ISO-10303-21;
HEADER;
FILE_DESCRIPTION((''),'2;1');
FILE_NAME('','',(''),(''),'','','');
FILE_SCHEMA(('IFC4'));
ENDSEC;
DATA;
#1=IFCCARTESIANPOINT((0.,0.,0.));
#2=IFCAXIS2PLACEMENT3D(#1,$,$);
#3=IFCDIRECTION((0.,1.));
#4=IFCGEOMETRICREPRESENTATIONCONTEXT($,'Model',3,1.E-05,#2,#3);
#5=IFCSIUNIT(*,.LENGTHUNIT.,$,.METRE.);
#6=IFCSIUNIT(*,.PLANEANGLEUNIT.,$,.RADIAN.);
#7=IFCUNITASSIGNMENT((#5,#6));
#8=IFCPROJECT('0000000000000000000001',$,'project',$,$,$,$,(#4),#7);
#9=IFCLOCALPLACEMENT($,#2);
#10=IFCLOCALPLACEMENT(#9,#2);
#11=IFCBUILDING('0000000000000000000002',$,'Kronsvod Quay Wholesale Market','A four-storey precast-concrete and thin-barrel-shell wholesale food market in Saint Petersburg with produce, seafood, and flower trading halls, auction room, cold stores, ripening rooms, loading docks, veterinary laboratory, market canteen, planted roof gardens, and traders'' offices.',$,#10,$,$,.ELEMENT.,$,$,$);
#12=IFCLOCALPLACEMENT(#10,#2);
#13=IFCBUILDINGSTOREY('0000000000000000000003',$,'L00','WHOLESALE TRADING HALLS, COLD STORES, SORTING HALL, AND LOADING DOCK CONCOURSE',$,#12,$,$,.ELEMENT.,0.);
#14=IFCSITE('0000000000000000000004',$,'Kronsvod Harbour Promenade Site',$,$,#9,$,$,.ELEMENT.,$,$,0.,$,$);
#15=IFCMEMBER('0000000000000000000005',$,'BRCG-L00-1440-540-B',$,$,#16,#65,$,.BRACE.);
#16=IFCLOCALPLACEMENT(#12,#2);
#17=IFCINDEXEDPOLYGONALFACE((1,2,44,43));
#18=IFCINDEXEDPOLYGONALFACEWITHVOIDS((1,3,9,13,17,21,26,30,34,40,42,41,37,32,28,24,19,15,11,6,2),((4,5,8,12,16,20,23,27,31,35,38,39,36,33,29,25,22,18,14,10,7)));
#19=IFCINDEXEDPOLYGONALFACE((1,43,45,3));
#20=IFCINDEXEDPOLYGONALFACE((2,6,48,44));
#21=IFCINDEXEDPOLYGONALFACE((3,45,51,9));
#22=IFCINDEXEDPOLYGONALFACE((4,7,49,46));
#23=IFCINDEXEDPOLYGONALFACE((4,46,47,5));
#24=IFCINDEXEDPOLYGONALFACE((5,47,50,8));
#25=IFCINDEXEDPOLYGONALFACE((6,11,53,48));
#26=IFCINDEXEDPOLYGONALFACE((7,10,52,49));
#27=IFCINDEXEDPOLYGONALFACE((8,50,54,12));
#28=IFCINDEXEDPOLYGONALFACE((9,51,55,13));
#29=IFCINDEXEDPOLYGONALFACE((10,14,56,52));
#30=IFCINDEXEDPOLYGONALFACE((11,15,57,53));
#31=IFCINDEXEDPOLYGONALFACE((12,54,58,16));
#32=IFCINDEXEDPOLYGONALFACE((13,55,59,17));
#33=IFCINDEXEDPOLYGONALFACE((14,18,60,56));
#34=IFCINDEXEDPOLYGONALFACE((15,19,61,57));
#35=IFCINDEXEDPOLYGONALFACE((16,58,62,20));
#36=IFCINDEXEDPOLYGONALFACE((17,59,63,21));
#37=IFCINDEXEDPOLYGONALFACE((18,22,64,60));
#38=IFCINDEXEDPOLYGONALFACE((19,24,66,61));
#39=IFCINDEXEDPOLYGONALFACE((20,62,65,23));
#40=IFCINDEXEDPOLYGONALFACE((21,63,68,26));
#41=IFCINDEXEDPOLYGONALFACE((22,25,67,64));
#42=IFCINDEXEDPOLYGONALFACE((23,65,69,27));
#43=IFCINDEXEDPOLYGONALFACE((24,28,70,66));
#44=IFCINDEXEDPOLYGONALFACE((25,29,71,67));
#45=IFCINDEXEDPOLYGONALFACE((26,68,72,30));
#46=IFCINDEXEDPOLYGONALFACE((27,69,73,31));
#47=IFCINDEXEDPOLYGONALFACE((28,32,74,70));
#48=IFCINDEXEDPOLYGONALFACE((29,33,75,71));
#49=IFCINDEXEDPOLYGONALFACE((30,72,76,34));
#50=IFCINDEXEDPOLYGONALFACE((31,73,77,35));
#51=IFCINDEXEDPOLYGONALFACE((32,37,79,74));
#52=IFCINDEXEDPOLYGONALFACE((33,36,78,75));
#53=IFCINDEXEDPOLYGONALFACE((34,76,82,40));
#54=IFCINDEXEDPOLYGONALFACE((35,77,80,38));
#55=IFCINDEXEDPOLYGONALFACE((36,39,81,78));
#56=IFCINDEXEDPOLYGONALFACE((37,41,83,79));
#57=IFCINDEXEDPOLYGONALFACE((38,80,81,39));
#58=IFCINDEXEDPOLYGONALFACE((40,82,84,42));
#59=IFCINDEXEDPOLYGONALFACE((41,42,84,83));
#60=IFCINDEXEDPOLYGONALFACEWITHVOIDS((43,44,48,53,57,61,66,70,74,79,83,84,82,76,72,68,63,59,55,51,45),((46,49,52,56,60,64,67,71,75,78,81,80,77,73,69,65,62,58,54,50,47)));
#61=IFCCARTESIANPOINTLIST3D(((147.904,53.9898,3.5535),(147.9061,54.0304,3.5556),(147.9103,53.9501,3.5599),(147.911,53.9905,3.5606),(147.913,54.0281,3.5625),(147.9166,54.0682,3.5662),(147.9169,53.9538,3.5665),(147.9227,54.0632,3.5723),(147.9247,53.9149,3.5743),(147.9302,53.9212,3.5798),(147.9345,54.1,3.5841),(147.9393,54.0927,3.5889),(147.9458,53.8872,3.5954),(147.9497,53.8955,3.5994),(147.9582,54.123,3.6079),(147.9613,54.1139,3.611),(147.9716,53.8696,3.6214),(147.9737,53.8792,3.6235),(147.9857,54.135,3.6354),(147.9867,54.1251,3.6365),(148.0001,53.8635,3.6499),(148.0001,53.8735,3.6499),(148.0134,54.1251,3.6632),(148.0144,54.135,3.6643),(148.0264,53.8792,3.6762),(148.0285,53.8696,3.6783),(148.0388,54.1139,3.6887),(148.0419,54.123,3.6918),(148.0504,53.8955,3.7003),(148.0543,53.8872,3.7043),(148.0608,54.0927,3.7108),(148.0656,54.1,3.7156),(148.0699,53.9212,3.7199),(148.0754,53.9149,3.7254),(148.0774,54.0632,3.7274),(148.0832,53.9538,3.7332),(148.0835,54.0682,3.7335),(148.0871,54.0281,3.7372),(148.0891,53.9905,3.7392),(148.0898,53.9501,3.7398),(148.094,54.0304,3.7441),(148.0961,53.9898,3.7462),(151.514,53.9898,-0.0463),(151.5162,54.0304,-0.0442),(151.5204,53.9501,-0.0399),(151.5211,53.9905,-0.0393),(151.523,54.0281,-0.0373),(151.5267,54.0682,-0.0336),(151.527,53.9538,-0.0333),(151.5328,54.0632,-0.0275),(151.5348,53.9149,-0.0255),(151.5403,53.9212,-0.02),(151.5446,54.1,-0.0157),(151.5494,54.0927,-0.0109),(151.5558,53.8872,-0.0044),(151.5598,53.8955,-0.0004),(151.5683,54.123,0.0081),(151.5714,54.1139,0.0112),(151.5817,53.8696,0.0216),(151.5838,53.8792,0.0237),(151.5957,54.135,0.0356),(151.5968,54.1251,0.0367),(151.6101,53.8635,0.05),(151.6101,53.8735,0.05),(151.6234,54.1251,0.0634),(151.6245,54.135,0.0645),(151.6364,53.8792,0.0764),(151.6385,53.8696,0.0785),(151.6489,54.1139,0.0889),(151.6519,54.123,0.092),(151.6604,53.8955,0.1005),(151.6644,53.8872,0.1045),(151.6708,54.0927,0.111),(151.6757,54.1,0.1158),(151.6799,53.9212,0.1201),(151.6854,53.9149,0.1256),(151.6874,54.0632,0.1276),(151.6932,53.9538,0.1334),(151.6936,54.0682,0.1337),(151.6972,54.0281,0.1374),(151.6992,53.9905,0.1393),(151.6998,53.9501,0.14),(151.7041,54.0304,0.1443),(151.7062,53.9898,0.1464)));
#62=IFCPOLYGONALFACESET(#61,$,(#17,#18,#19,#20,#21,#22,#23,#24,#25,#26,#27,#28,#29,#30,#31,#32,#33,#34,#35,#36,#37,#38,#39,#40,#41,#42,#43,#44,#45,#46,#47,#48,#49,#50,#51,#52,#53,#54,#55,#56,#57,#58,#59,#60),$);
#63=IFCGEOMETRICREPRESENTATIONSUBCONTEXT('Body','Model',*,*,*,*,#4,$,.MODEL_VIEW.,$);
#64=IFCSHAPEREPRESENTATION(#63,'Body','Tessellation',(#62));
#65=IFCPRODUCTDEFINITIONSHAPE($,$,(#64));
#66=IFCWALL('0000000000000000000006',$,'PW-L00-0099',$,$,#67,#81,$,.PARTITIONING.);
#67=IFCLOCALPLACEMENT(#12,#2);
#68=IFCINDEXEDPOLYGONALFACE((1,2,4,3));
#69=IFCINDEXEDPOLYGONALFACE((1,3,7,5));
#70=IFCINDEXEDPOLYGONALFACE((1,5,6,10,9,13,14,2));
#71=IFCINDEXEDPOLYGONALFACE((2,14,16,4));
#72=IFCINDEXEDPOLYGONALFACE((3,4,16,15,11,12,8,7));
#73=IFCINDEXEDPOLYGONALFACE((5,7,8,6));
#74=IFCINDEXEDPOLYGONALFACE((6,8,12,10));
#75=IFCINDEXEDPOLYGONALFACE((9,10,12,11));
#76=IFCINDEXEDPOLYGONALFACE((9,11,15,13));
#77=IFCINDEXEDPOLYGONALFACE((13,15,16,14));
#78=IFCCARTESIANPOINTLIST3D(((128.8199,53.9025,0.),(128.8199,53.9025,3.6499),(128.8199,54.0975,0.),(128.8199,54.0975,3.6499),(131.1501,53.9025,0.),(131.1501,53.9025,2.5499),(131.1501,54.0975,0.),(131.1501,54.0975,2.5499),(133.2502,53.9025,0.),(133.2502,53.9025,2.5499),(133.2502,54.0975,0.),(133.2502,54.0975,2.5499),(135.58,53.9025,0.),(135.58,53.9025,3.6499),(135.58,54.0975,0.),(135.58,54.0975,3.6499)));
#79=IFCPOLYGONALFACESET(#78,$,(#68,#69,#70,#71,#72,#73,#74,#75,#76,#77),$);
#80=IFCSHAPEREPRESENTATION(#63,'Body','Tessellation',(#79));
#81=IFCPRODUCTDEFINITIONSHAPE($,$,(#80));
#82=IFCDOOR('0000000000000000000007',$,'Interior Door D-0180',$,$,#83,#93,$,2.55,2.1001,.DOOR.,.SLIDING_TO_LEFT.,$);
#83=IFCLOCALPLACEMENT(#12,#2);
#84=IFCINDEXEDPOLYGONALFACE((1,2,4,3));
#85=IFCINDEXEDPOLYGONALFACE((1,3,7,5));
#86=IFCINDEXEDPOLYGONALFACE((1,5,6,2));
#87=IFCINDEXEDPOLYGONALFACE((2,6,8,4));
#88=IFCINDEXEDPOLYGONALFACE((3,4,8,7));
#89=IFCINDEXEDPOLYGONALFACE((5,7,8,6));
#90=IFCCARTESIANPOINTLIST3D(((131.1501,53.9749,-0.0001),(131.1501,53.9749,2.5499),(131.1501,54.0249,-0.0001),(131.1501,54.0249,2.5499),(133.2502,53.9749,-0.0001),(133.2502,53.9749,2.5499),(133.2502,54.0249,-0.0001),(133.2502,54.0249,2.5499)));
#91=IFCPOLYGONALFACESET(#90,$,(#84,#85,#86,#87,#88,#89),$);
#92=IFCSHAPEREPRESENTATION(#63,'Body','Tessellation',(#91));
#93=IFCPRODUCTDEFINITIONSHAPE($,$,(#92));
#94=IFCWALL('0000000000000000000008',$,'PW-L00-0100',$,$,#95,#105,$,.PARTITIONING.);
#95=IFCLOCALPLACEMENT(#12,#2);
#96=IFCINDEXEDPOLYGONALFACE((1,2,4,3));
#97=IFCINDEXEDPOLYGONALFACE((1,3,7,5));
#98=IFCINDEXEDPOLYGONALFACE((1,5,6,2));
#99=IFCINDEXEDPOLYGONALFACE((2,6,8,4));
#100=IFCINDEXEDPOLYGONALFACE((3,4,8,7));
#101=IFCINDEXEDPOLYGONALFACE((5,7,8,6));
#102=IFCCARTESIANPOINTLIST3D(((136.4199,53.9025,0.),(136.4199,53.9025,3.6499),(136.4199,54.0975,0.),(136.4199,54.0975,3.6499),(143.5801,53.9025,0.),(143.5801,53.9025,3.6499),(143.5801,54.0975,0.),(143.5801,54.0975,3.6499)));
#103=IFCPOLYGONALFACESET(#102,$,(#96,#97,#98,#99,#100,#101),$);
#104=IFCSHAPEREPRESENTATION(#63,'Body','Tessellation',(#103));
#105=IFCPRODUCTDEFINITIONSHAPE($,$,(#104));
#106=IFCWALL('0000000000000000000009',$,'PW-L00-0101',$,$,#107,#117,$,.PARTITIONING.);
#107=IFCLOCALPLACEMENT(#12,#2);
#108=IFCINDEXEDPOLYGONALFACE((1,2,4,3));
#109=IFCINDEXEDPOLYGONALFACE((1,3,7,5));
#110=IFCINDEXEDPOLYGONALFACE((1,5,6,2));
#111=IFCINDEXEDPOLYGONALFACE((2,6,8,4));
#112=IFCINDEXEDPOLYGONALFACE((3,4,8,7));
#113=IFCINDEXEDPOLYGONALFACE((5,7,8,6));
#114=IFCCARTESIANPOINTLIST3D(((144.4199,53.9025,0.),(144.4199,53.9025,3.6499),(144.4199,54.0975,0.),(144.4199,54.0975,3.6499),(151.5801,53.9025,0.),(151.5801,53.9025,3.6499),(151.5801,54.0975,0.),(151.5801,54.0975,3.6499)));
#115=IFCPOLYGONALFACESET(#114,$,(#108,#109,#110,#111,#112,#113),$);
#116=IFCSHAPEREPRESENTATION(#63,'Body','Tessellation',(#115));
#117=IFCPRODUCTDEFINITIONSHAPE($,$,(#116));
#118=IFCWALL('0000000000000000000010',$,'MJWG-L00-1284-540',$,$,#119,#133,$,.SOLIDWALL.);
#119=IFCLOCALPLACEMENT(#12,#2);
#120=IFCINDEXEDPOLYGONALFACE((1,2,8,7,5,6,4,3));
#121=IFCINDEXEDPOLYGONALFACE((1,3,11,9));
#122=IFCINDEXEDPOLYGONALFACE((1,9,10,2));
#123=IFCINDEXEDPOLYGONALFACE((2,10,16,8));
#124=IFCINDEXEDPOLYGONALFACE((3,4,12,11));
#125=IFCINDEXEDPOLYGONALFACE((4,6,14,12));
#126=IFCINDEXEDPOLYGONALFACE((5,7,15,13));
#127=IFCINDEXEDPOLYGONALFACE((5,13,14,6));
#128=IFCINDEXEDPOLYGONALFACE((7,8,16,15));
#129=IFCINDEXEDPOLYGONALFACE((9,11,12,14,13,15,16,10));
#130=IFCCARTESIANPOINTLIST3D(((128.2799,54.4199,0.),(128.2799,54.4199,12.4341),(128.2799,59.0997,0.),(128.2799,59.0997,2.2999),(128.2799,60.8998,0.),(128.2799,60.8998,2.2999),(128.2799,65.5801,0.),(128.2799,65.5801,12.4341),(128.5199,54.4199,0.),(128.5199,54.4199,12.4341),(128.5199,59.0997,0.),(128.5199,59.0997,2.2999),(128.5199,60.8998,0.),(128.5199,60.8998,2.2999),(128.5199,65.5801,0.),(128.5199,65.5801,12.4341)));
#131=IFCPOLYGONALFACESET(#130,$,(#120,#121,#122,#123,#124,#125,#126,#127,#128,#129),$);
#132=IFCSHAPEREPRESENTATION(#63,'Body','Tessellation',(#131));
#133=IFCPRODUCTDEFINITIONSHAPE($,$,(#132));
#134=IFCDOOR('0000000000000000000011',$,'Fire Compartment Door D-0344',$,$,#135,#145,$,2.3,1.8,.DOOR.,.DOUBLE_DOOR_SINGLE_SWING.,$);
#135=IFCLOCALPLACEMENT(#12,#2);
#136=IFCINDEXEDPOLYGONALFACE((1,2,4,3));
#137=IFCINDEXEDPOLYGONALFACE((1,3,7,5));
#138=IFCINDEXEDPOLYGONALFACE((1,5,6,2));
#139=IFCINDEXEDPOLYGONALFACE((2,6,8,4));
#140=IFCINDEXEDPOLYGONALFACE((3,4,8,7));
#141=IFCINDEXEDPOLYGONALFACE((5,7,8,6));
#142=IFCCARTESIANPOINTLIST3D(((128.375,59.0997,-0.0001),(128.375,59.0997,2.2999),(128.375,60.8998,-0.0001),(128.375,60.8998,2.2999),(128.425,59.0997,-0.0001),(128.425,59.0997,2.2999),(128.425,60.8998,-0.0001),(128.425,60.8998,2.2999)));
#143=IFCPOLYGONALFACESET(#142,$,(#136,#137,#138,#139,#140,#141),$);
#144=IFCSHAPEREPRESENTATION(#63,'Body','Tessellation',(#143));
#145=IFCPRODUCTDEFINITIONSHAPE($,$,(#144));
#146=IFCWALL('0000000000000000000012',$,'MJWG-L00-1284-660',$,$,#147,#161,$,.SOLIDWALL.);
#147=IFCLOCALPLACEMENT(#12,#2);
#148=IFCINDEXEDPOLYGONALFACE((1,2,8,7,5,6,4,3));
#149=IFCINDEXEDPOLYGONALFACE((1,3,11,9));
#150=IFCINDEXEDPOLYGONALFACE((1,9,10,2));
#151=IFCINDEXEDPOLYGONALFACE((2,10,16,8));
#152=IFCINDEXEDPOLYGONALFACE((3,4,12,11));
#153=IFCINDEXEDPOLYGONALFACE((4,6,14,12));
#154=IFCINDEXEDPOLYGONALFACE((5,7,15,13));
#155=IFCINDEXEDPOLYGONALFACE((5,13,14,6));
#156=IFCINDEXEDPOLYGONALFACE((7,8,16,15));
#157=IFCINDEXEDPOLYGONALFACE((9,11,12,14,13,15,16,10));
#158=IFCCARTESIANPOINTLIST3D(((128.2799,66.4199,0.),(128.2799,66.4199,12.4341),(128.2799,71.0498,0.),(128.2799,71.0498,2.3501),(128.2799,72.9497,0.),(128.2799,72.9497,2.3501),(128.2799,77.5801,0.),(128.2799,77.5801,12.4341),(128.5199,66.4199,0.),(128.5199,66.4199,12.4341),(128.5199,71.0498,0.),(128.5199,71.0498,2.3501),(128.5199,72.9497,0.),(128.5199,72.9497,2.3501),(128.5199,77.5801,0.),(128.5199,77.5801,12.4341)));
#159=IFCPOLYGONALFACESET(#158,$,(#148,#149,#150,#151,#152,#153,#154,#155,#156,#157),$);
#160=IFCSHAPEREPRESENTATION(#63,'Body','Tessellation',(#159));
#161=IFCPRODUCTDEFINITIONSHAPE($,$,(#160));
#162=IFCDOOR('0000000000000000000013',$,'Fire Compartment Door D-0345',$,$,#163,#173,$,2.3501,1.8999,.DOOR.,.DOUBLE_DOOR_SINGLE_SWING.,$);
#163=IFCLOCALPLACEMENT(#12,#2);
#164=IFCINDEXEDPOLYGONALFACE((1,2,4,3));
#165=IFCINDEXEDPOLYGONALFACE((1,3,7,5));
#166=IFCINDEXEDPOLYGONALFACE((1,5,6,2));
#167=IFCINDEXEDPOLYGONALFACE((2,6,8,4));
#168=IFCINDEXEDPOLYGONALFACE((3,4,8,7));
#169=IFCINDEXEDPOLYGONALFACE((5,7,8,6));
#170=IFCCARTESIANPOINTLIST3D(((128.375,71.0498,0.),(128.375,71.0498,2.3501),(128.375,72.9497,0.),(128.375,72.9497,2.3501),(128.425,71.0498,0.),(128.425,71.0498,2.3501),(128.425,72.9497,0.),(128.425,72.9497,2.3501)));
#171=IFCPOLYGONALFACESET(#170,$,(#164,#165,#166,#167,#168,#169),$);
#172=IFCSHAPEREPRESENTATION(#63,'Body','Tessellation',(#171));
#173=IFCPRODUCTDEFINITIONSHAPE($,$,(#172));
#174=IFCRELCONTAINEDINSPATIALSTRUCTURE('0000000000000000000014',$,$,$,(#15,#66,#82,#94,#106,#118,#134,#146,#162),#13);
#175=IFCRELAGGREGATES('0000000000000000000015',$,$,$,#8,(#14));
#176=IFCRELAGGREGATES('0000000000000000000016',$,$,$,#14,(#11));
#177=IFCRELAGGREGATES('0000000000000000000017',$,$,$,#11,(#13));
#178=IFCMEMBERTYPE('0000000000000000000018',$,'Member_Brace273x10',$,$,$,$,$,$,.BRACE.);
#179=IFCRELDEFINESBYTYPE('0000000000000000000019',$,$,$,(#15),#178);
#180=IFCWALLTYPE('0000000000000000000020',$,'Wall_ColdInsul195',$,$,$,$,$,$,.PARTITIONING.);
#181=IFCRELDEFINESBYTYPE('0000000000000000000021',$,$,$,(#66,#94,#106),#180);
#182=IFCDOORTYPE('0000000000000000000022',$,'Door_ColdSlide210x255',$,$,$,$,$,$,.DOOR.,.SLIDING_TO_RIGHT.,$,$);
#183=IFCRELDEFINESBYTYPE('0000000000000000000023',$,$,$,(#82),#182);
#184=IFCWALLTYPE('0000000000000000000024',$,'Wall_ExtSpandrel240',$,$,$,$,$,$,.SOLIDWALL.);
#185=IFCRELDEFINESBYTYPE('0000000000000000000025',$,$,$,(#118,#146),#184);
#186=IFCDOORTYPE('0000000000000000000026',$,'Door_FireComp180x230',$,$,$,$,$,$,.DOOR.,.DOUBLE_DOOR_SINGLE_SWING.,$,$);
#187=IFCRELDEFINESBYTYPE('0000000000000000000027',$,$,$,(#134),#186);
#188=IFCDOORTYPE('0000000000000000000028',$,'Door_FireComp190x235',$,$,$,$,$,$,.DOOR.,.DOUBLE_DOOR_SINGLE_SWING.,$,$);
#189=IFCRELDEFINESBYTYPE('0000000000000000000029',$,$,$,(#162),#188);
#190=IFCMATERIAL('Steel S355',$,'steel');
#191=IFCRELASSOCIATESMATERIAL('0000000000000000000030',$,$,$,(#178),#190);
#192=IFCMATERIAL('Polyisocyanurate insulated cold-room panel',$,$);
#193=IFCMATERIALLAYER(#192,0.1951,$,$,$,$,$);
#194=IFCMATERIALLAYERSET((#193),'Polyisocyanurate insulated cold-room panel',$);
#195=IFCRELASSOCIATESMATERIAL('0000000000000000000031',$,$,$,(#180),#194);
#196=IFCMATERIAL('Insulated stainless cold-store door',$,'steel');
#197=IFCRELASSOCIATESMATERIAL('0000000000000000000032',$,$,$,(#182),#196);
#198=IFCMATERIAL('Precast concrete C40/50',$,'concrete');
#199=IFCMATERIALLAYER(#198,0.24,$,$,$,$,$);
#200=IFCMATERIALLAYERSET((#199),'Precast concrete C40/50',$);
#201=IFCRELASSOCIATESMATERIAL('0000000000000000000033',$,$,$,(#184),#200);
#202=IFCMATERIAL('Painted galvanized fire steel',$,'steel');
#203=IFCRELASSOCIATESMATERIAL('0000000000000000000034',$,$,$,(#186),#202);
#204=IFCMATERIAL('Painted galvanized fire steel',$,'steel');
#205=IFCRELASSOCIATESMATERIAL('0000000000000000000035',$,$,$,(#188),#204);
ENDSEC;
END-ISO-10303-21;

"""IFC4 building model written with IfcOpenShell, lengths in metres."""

from ifc_helpers import new_model, si_unit, direction, frame, frame_2d, origin, origin_2d, place, context, subcontext, project, spatial, rectangle, hollow_circle, extrude, material, layer, layer_set, material_profile, profile_set, type_object, element, fill, save


model = new_model("IFC4")

# Units and contexts
model_context = context("Model", 3, precision=1e-05, world=origin(), true_north=direction((0.0, 1.0)))
body_context = subcontext(model_context, "Body", "Model", "MODEL_VIEW")
ifc_project = project(units=[si_unit("LENGTHUNIT", "METRE"), si_unit("PLANEANGLEUNIT", "RADIAN")], contexts=[model_context])

# Site, building, storey
site_placement = place(None, origin())
site = spatial("IfcSite", under=ifc_project, at=site_placement, Name="Kronsvod Harbour Promenade Site", CompositionType="ELEMENT", RefElevation=0.0)
building_placement = place(site_placement, origin())
building = spatial("IfcBuilding", under=site, at=building_placement, Name="Kronsvod Quay Wholesale Market", Description="A four-storey precast-concrete and thin-barrel-shell wholesale food market in Saint Petersburg with produce, seafood, and flower trading halls, auction room, cold stores, ripening rooms, loading docks, veterinary laboratory, market canteen, planted roof gardens, and traders' offices.", CompositionType="ELEMENT")
storey_placement = place(building_placement, origin())
storey = spatial("IfcBuildingStorey", under=building, at=storey_placement, Name="L00", Description="WHOLESALE TRADING HALLS, COLD STORES, SORTING HALL, AND LOADING DOCK CONCOURSE", CompositionType="ELEMENT", Elevation=0.0)

# Member
ifc_material_1 = material(Name="Steel S355", Category="steel")
ifc_material_profile_1 = material_profile(ifc_material_1, hollow_circle(Radius=0.1365, WallThickness=0.01, at=origin_2d()), Name="CHS273x10")
ifc_profile_set_1 = profile_set([ifc_material_profile_1], Name="Steel S355")
member_type = type_object("IfcMemberType", Name="Member_Brace273x10", PredefinedType="BRACE", material=ifc_profile_set_1)
for number, where, z_axis, x_axis, name in (
    (1, (151.6101, 54.0, 0.05), (-0.708112, 0.0, 0.7061), (0.0, -1.0, 0.0), "BRCG-L00-1440-540-B"),
):
    element("IfcMember", number, at=place(storey_placement, frame(where, z_axis=z_axis, x_axis=x_axis)), inside=storey, type_object=member_type, Name=name, PredefinedType="BRACE", context=body_context, shape_type="SweptSolid", body=[
        extrude(hollow_circle(Radius=0.1365, WallThickness=0.01, at=origin_2d()), origin(), (0.0, 0.0, 1.0), 5.0981),
    ])

# Wall, opening, door
ifc_material_2 = material(Name="Polyisocyanurate insulated cold-room panel")
ifc_layer_1 = layer(ifc_material_2, 0.1951)
ifc_layer_set_1 = layer_set([ifc_layer_1], Name="Polyisocyanurate insulated cold-room panel")
wall_type_1 = type_object("IfcWallType", Name="Wall_ColdInsul195", PredefinedType="PARTITIONING", material=ifc_layer_set_1)
wall_1_placement = place(storey_placement, frame((128.8201, 54.0, 0.0), z_axis=(0.0, 0.0, 1.0), x_axis=(1.0, 0.0, 0.0)))
wall_1 = element("IfcWall", 2, at=wall_1_placement, inside=storey, type_object=wall_type_1, Name="PW-L00-0099", PredefinedType="PARTITIONING", context=body_context, shape_type="SweptSolid", body=[
    extrude(rectangle(XDim=6.76, YDim=0.1951, at=frame_2d((3.3799, 0.0))), origin(), (0.0, 0.0, 1.0), 3.6499),
])
opening_1_placement = place(wall_1_placement, frame((2.3301, 0.0, 0.0)))
opening_1 = element("IfcOpeningElement", 3, at=opening_1_placement, cuts=wall_1, PredefinedType="OPENING", context=body_context, shape_type="SweptSolid", body=[
    extrude(rectangle(XDim=2.1001, YDim=2.55, at=frame_2d((1.05, 1.2749))), frame((0.0, 0.1074, 0.0), z_axis=(0.0, -1.0, 0.0), x_axis=(1.0, 0.0, 0.0)), (0.0, 0.0, 1.0), 0.2151),
])
ifc_material_3 = material(Name="Insulated stainless cold-store door", Category="steel")
door_type_1 = type_object("IfcDoorType", Name="Door_ColdSlide210x255", OperationType="SLIDING_TO_RIGHT", PredefinedType="DOOR", material=ifc_material_3)
door_1_placement = place(opening_1_placement, origin())
door_1 = element("IfcDoor", 4, at=door_1_placement, inside=storey, type_object=door_type_1, Name="Interior Door D-0180", OperationType="SLIDING_TO_LEFT", OverallHeight=2.55, OverallWidth=2.1001, PredefinedType="DOOR", context=body_context, shape_type="SweptSolid", body=[
    extrude(rectangle(XDim=2.1001, YDim=2.55, at=frame_2d((1.05, 1.2749))), frame((0.0, 0.0249, 0.0), z_axis=(0.0, -1.0, 0.0), x_axis=(1.0, 0.0, 0.0)), (0.0, 0.0, 1.0), 0.05),
])
fill(opening_1, door_1)

# Walls
for number, where, z_axis, x_axis, name in (
    (5, (136.4199, 54.0, 0.0), (0.0, 0.0, 1.0), (1.0, 0.0, 0.0), "PW-L00-0100"),
    (6, (144.4199, 54.0, 0.0), (0.0, 0.0, 1.0), (1.0, 0.0, 0.0), "PW-L00-0101"),
):
    element("IfcWall", number, at=place(storey_placement, frame(where, z_axis=z_axis, x_axis=x_axis)), inside=storey, type_object=wall_type_1, Name=name, PredefinedType="PARTITIONING", context=body_context, shape_type="SweptSolid", body=[
        extrude(rectangle(XDim=7.1602, YDim=0.1951, at=frame_2d((3.5801, 0.0))), origin(), (0.0, 0.0, 1.0), 3.6499),
    ])

# Walls, openings, doors
ifc_material_4 = material(Name="Precast concrete C40/50", Category="concrete")
ifc_layer_2 = layer(ifc_material_4, 0.24)
ifc_layer_set_2 = layer_set([ifc_layer_2], Name="Precast concrete C40/50")
wall_type_2 = type_object("IfcWallType", Name="Wall_ExtSpandrel240", PredefinedType="SOLIDWALL", material=ifc_layer_set_2)
wall_2_placement = place(storey_placement, frame((128.3999, 54.4199, 0.0), z_axis=(0.0, 0.0, 1.0), x_axis=(0.0, 1.0, 0.0)))
wall_2 = element("IfcWall", 7, at=wall_2_placement, inside=storey, type_object=wall_type_2, Name="MJWG-L00-1284-540", PredefinedType="SOLIDWALL", context=body_context, shape_type="SweptSolid", body=[
    extrude(rectangle(XDim=11.1602, YDim=0.24, at=frame_2d((5.5801, 0.0))), origin(), (0.0, 0.0, 1.0), 12.4341),
])
opening_2_placement = place(wall_2_placement, frame((4.6799, 0.0, 0.0)))
opening_2 = element("IfcOpeningElement", 8, at=opening_2_placement, cuts=wall_2, PredefinedType="OPENING", context=body_context, shape_type="SweptSolid", body=[
    extrude(rectangle(XDim=1.8, YDim=2.3, at=frame_2d((0.8999, 1.1499))), frame((0.0, 0.1299, 0.0), z_axis=(0.0, -1.0, 0.0), x_axis=(1.0, 0.0, 0.0)), (0.0, 0.0, 1.0), 0.26),
])
ifc_material_5 = material(Name="Painted galvanized fire steel", Category="steel")
door_type_2 = type_object("IfcDoorType", Name="Door_FireComp180x230", OperationType="DOUBLE_DOOR_SINGLE_SWING", PredefinedType="DOOR", material=ifc_material_5)
door_2_placement = place(opening_2_placement, origin())
door_2 = element("IfcDoor", 9, at=door_2_placement, inside=storey, type_object=door_type_2, Name="Fire Compartment Door D-0344", OperationType="DOUBLE_DOOR_SINGLE_SWING", OverallHeight=2.3, OverallWidth=1.8, PredefinedType="DOOR", context=body_context, shape_type="SweptSolid", body=[
    extrude(rectangle(XDim=1.8, YDim=2.3, at=frame_2d((0.8999, 1.1499))), frame((0.0, 0.0249, 0.0), z_axis=(0.0, -1.0, 0.0), x_axis=(1.0, 0.0, 0.0)), (0.0, 0.0, 1.0), 0.05),
])
fill(opening_2, door_2)
wall_3_placement = place(storey_placement, frame((128.3999, 66.4199, 0.0), z_axis=(0.0, 0.0, 1.0), x_axis=(0.0, 1.0, 0.0)))
wall_3 = element("IfcWall", 10, at=wall_3_placement, inside=storey, type_object=wall_type_2, Name="MJWG-L00-1284-660", PredefinedType="SOLIDWALL", context=body_context, shape_type="SweptSolid", body=[
    extrude(rectangle(XDim=11.1602, YDim=0.24, at=frame_2d((5.5801, 0.0))), origin(), (0.0, 0.0, 1.0), 12.4341),
])
opening_3_placement = place(wall_3_placement, frame((4.6299, 0.0, 0.0)))
opening_3 = element("IfcOpeningElement", 11, at=opening_3_placement, cuts=wall_3, PredefinedType="OPENING", context=body_context, shape_type="SweptSolid", body=[
    extrude(rectangle(XDim=1.8999, YDim=2.3501, at=frame_2d((0.95, 1.175))), frame((0.0, 0.1299, 0.0), z_axis=(0.0, -1.0, 0.0), x_axis=(1.0, 0.0, 0.0)), (0.0, 0.0, 1.0), 0.26),
])
ifc_material_6 = material(Name="Painted galvanized fire steel", Category="steel")
door_type_3 = type_object("IfcDoorType", Name="Door_FireComp190x235", OperationType="DOUBLE_DOOR_SINGLE_SWING", PredefinedType="DOOR", material=ifc_material_6)
door_3_placement = place(opening_3_placement, origin())
door_3 = element("IfcDoor", 12, at=door_3_placement, inside=storey, type_object=door_type_3, Name="Fire Compartment Door D-0345", OperationType="DOUBLE_DOOR_SINGLE_SWING", OverallHeight=2.3501, OverallWidth=1.8999, PredefinedType="DOOR", context=body_context, shape_type="SweptSolid", body=[
    extrude(rectangle(XDim=1.8999, YDim=2.3501, at=frame_2d((0.95, 1.175))), frame((0.0, 0.0249, 0.0), z_axis=(0.0, -1.0, 0.0), x_axis=(1.0, 0.0, 0.0)), (0.0, 0.0, 1.0), 0.05),
])
fill(opening_3, door_3)

save(model, "model.ifc")
